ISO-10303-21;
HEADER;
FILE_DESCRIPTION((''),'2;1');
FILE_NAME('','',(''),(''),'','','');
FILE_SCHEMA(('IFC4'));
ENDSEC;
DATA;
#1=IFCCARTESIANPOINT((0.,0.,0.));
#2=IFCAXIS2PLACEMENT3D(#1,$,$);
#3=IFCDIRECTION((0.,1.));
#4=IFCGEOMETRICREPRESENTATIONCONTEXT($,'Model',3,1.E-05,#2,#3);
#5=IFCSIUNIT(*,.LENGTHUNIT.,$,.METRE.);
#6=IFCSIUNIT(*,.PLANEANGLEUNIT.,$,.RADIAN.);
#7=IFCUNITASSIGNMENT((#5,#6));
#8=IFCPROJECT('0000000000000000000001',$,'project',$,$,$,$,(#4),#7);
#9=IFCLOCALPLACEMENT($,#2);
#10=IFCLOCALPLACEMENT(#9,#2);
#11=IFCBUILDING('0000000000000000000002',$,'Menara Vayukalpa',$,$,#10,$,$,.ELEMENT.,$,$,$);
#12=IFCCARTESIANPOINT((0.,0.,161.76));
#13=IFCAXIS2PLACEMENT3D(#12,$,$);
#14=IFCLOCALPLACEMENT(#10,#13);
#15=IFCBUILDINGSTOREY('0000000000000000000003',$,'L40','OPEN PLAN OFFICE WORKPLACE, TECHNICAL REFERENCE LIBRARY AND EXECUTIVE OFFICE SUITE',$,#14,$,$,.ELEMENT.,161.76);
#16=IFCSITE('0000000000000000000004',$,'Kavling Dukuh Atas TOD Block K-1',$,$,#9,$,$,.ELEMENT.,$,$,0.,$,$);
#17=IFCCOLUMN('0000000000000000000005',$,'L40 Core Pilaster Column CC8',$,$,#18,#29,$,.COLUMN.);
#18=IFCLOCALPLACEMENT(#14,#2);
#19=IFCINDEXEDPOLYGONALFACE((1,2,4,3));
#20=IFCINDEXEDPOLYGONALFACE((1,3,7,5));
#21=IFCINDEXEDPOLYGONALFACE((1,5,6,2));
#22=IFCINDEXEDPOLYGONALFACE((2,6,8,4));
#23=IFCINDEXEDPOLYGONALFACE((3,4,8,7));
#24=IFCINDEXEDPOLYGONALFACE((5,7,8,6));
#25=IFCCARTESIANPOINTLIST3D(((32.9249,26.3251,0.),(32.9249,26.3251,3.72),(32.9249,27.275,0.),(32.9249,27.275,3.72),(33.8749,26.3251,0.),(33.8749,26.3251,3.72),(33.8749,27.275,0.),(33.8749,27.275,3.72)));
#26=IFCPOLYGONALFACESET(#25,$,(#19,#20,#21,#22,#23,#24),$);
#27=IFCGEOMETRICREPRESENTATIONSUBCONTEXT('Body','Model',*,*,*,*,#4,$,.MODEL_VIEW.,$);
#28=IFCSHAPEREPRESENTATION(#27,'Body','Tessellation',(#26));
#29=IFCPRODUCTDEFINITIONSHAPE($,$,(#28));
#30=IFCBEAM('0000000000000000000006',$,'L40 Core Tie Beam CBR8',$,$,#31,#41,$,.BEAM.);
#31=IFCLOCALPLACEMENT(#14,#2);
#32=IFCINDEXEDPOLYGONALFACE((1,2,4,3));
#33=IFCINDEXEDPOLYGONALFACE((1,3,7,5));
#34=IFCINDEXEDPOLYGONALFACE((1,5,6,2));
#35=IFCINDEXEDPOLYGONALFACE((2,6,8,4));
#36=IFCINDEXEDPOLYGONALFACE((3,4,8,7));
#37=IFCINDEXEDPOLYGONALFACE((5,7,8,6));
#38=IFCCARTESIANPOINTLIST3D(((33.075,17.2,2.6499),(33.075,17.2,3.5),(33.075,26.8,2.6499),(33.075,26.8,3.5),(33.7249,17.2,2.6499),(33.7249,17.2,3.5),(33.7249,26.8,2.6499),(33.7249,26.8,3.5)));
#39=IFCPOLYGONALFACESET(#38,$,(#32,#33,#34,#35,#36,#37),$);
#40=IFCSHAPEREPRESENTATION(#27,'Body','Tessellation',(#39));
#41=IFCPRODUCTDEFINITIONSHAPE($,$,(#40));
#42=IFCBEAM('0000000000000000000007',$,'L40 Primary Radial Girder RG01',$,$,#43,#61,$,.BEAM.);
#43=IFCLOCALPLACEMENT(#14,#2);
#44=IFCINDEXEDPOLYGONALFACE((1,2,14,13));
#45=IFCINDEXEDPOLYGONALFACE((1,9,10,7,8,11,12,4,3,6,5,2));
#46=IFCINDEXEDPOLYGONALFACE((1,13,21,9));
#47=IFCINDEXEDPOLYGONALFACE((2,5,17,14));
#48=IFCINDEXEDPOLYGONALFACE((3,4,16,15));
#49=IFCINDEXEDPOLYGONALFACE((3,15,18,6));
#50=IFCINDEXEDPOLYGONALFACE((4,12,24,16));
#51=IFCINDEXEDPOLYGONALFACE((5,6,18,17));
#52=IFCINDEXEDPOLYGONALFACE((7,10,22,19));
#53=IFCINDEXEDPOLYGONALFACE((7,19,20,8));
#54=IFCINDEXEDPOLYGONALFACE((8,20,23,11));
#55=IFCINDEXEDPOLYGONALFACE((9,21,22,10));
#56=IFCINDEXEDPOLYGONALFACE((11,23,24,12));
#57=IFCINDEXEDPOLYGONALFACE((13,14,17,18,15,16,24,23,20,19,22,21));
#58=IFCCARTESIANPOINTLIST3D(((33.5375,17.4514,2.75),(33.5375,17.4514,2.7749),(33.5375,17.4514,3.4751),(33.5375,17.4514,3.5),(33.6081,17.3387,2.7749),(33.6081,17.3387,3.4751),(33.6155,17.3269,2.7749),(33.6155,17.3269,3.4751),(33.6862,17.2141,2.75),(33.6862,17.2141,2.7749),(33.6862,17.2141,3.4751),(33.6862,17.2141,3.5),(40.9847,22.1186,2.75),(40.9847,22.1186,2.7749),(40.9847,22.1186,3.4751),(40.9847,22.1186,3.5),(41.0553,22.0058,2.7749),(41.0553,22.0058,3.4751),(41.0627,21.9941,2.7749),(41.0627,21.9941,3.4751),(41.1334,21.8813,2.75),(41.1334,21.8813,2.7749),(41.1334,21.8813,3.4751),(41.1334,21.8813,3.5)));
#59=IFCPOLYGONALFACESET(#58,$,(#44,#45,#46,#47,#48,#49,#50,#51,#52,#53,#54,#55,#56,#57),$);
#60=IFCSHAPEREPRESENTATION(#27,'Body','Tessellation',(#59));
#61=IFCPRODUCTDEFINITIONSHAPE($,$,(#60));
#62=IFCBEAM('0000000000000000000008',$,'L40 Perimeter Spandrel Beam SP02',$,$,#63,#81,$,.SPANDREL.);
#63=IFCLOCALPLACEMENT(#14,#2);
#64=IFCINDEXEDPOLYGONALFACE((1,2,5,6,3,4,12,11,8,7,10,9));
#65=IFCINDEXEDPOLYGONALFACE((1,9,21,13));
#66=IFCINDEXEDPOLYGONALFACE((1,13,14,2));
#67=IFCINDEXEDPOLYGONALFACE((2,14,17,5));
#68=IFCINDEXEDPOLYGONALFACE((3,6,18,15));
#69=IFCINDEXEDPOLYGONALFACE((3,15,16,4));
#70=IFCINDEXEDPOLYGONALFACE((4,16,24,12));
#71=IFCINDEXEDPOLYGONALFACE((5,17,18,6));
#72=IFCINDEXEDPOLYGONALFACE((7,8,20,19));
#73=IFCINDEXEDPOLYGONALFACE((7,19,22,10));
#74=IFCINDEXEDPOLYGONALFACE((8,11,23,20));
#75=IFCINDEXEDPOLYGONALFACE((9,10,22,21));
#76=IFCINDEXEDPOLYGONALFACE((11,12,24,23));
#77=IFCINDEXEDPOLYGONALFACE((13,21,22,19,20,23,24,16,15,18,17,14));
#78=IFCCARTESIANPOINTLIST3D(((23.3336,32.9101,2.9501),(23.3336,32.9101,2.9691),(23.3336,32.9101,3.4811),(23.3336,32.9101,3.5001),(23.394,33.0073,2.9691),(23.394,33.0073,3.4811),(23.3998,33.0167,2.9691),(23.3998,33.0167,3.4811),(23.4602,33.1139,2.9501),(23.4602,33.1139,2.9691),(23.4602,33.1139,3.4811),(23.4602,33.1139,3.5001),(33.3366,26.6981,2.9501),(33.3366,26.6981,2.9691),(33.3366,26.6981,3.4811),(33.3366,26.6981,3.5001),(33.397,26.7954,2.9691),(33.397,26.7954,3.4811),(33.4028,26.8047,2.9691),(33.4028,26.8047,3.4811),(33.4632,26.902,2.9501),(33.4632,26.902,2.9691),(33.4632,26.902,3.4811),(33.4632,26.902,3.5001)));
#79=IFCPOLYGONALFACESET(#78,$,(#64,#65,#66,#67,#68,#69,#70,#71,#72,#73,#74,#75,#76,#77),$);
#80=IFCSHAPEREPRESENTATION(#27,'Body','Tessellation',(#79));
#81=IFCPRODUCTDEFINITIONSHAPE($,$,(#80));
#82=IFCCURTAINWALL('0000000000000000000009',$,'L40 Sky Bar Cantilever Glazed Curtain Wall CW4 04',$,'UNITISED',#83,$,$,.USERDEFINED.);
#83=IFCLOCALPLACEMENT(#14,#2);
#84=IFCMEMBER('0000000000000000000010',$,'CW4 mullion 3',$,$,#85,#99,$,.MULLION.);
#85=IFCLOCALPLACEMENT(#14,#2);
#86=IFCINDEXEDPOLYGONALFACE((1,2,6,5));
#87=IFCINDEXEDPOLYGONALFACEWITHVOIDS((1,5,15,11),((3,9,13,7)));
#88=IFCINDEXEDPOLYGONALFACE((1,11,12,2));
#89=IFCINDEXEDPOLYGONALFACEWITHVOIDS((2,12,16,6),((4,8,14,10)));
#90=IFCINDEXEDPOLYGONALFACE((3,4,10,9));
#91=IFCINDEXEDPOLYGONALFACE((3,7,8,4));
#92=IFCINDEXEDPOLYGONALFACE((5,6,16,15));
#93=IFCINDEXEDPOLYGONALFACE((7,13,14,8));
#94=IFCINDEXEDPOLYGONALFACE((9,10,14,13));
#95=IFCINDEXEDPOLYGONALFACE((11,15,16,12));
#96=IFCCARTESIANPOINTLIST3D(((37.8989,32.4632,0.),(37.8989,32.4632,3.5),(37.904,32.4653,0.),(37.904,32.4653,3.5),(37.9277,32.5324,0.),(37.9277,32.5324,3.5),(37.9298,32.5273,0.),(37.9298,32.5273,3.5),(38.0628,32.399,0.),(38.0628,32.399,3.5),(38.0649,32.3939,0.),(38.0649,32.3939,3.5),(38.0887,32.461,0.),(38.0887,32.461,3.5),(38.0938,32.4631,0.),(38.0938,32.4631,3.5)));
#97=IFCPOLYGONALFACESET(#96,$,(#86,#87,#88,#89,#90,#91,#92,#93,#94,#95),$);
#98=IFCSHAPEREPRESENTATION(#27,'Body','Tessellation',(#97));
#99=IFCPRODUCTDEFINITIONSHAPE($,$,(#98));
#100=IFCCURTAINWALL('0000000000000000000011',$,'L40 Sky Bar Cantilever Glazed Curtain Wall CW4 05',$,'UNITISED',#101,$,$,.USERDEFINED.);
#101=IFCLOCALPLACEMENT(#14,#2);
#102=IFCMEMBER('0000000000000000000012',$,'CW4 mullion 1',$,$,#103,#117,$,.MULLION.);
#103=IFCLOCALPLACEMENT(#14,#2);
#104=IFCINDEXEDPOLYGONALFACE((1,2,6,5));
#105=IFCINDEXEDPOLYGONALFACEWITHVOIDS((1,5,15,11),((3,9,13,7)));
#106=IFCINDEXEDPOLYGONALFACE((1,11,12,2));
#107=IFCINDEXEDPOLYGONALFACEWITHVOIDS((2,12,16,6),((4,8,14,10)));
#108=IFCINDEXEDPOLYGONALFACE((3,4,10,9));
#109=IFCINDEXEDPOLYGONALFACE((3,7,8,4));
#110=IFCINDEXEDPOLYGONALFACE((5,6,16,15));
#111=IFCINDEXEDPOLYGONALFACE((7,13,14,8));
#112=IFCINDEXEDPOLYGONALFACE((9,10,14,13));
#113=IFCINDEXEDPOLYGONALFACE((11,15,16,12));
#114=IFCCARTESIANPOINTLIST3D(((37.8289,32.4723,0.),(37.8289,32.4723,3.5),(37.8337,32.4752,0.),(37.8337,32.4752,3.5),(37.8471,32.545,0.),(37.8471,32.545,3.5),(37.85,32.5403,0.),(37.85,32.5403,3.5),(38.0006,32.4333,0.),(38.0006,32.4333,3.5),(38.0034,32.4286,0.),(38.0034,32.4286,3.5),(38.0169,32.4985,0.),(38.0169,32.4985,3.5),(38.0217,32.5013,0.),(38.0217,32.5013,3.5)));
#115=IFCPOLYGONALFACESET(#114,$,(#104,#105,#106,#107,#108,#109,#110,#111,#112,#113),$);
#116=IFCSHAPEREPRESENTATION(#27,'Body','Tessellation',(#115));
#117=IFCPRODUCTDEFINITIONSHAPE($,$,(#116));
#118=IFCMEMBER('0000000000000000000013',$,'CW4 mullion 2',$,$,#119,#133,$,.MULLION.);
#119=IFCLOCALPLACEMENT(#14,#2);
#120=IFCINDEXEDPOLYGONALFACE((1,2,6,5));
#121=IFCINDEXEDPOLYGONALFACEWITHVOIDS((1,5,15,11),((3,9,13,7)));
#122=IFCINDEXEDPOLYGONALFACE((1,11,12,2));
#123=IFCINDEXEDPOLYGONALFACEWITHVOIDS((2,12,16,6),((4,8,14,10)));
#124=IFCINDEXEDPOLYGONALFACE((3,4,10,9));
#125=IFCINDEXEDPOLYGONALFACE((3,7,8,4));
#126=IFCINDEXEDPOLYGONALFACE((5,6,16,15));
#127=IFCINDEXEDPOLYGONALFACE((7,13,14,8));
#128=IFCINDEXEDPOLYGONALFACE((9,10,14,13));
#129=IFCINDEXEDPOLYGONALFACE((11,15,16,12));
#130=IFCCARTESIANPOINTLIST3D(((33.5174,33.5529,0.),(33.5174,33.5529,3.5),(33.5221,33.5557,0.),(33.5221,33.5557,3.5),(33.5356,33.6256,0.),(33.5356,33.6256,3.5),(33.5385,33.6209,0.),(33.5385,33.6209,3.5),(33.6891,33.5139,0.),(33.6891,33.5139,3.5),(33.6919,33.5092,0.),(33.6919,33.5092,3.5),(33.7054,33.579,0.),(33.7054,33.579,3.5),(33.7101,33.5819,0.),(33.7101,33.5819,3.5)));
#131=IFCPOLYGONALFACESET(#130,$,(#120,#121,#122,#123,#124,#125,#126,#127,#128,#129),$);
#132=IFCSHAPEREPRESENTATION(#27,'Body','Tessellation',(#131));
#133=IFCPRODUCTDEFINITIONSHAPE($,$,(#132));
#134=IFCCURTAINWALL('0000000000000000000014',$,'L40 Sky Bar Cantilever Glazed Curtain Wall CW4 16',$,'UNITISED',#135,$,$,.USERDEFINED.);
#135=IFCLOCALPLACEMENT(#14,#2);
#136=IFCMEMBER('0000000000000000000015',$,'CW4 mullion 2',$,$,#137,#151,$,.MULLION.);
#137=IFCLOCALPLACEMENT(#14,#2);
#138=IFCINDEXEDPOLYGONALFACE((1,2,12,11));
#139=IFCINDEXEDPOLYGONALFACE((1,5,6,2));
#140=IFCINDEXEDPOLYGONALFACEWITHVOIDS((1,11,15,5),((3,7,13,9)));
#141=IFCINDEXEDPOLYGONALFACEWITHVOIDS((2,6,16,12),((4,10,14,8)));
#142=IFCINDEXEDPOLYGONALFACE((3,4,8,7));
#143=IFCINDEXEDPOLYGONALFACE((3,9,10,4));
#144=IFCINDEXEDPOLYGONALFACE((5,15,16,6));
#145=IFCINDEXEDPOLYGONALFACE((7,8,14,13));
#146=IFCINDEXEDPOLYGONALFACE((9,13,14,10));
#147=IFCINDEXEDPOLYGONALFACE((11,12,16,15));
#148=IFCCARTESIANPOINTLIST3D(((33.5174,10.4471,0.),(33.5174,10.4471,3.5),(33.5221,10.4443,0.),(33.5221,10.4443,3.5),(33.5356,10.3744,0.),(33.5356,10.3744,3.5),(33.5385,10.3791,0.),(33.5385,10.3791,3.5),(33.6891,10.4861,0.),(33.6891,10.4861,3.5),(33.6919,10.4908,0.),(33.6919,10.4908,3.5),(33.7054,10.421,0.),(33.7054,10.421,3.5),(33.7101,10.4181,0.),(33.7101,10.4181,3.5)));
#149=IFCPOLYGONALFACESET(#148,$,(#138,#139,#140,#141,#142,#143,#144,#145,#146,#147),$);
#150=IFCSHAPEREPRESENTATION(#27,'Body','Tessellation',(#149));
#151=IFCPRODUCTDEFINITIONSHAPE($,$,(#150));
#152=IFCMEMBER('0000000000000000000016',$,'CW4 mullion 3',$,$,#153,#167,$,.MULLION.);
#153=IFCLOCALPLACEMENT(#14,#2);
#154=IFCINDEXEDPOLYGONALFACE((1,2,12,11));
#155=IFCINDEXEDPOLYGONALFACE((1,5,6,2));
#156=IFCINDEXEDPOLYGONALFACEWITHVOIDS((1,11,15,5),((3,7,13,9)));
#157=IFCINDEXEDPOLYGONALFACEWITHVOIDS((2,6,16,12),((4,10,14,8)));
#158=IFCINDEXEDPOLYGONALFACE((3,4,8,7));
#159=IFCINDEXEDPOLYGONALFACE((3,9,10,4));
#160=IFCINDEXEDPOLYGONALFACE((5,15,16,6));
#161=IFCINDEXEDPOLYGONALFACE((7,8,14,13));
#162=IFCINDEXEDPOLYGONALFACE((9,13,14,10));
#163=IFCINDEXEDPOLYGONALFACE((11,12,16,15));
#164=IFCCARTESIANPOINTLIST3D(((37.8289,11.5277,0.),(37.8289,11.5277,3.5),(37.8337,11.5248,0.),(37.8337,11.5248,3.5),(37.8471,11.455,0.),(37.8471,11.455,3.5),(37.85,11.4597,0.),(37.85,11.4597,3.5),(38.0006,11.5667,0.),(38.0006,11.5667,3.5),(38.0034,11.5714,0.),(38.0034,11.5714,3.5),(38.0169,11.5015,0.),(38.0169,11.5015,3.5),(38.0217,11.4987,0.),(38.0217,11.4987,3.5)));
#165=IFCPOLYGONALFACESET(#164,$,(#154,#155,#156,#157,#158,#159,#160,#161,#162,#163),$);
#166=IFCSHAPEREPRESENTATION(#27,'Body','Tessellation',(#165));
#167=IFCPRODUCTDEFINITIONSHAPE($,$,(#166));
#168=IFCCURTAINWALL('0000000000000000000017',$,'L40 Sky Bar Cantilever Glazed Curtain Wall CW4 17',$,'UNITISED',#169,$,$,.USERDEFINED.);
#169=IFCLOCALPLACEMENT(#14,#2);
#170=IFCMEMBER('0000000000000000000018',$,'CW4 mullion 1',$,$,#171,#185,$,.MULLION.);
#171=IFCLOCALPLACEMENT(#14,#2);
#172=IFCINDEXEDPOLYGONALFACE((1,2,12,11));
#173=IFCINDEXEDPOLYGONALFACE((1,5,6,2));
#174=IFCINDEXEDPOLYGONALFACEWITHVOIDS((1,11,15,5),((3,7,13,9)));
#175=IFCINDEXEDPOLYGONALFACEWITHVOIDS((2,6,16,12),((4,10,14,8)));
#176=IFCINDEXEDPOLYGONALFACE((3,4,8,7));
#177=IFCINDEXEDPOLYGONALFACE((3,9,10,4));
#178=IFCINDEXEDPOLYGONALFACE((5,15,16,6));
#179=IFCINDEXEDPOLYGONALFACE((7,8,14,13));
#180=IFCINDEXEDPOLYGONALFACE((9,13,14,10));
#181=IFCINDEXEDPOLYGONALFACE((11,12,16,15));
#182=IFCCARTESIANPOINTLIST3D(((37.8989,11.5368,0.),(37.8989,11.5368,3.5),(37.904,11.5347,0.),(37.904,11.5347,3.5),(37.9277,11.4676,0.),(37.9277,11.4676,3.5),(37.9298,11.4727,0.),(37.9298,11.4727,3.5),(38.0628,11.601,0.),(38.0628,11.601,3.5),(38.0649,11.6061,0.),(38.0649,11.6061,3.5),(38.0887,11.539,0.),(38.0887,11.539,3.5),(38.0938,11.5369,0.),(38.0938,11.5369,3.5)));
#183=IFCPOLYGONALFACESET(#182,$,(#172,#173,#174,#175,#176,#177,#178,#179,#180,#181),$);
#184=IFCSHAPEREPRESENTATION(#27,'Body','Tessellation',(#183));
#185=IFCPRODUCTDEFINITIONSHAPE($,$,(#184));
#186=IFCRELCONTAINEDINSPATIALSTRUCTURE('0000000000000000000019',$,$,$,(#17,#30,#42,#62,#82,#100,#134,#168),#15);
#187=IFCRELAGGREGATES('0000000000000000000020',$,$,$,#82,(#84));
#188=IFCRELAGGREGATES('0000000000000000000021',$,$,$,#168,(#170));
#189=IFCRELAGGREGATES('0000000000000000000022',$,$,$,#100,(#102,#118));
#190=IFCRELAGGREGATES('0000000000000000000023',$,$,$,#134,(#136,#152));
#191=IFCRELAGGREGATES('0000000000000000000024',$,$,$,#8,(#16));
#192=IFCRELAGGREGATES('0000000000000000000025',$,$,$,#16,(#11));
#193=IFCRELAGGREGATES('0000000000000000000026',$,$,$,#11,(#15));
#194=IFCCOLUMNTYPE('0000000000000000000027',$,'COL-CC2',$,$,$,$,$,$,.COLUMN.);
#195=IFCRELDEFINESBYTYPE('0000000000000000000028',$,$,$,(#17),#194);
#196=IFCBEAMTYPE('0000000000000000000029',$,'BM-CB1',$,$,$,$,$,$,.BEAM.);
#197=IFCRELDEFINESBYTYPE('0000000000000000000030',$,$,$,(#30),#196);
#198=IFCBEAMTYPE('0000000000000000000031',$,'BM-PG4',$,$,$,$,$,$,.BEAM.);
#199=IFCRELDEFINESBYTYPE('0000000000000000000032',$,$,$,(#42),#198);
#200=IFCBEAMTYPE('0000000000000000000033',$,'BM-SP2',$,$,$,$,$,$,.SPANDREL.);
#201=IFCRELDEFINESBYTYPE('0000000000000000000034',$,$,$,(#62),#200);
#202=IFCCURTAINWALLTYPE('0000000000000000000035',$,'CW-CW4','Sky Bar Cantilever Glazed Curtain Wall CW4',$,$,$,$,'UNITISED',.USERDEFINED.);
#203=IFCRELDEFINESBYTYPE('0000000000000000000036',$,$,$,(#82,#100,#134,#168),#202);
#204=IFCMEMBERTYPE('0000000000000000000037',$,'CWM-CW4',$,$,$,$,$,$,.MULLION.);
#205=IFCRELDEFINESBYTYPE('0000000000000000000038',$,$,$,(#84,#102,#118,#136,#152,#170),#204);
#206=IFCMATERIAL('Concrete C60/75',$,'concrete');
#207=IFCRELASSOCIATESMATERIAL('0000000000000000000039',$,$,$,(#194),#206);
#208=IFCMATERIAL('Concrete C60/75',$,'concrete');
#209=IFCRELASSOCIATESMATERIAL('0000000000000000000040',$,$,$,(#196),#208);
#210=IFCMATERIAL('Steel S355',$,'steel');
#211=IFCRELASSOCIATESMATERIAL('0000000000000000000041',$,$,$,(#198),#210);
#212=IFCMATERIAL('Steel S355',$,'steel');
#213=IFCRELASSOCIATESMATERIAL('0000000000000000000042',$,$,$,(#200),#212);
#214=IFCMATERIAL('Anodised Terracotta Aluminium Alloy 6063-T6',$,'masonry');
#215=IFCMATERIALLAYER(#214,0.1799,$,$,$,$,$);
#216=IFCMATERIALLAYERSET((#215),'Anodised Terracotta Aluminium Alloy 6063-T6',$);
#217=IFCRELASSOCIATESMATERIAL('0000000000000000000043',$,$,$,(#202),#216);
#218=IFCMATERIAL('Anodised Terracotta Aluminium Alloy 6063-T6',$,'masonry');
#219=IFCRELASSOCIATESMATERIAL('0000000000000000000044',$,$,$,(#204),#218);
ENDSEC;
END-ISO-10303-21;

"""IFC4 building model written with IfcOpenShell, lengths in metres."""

from ifc_helpers import new_model, si_unit, direction, frame, origin, origin_2d, place, context, subcontext, project, spatial, rectangle, hollow_rectangle, i_section, extrude, material, layer, layer_set, material_profile, profile_set, type_object, element, aggregate, save


model = new_model("IFC4")

# Units and contexts
model_context = context("Model", 3, precision=1e-05, world=origin(), true_north=direction((0.0, 1.0)))
body_context = subcontext(model_context, "Body", "Model", "MODEL_VIEW")
ifc_project = project(units=[si_unit("LENGTHUNIT", "METRE"), si_unit("PLANEANGLEUNIT", "RADIAN")], contexts=[model_context])

# Site, building, storey
site_placement = place(None, origin())
site = spatial("IfcSite", under=ifc_project, at=site_placement, Name="Kavling Dukuh Atas TOD Block K-1", CompositionType="ELEMENT", RefElevation=0.0)
building_placement = place(site_placement, origin())
building = spatial("IfcBuilding", under=site, at=building_placement, Name="Menara Vayukalpa", CompositionType="ELEMENT")
storey_placement = place(building_placement, frame((0.0, 0.0, 161.76)))
storey = spatial("IfcBuildingStorey", under=building, at=storey_placement, Name="L40", Description="OPEN PLAN OFFICE WORKPLACE, TECHNICAL REFERENCE LIBRARY AND EXECUTIVE OFFICE SUITE", CompositionType="ELEMENT", Elevation=161.76)

# Column
ifc_material_1 = material(Name="Concrete C60/75", Category="concrete")
ifc_material_profile_1 = material_profile(ifc_material_1, rectangle(XDim=0.95, YDim=0.95, at=origin_2d()), Name="RC 950x950")
ifc_profile_set_1 = profile_set([ifc_material_profile_1], Name="Concrete C60/75")
column_type = type_object("IfcColumnType", Name="COL-CC2", PredefinedType="COLUMN", material=ifc_profile_set_1)
column_placement = place(storey_placement, frame((33.3999, 26.8, 0.0), z_axis=(0.0, 0.0, 1.0), x_axis=(1.0, 0.0, 0.0)))
element("IfcColumn", 1, at=column_placement, inside=storey, type_object=column_type, Name="L40 Core Pilaster Column CC8", PredefinedType="COLUMN", context=body_context, shape_type="SweptSolid", body=[
    extrude(rectangle(XDim=0.95, YDim=0.95, at=origin_2d()), origin(), (0.0, 0.0, 1.0), 3.72),
])

# Beams
ifc_material_2 = material(Name="Concrete C60/75", Category="concrete")
ifc_material_profile_2 = material_profile(ifc_material_2, rectangle(XDim=0.6499, YDim=0.8501, at=origin_2d()), Name="RC 650x850")
ifc_profile_set_2 = profile_set([ifc_material_profile_2], Name="Concrete C60/75")
beam_type_1 = type_object("IfcBeamType", Name="BM-CB1", PredefinedType="BEAM", material=ifc_profile_set_2)
beam_1_placement = place(storey_placement, frame((33.3999, 17.2, 3.075), z_axis=(0.0, 1.0, 0.0), x_axis=(-1.0, 0.0, 0.0)))
element("IfcBeam", 2, at=beam_1_placement, inside=storey, type_object=beam_type_1, Name="L40 Core Tie Beam CBR8", PredefinedType="BEAM", context=body_context, shape_type="SweptSolid", body=[
    extrude(rectangle(XDim=0.6499, YDim=0.8501, at=origin_2d()), origin(), (0.0, 0.0, 1.0), 9.6001),
])
ifc_material_3 = material(Name="Steel S355", Category="steel")
ifc_material_profile_3 = material_profile(ifc_material_3, i_section(OverallWidth=0.28, OverallDepth=0.75, WebThickness=0.0139, FlangeThickness=0.0249, at=origin_2d()), Name="WF 750x280x14x25")
ifc_profile_set_3 = profile_set([ifc_material_profile_3], Name="Steel S355")
beam_type_2 = type_object("IfcBeamType", Name="BM-PG4", PredefinedType="BEAM", material=ifc_profile_set_3)
beam_2_placement = place(storey_placement, frame((33.6118, 17.3328, 3.125), z_axis=(0.847348, 0.531037, 0.0), x_axis=(-0.531037, 0.847348, 0.0)))
element("IfcBeam", 3, at=beam_2_placement, inside=storey, type_object=beam_type_2, Name="L40 Primary Radial Girder RG01", PredefinedType="BEAM", context=body_context, shape_type="SweptSolid", body=[
    extrude(i_section(OverallWidth=0.28, OverallDepth=0.75, WebThickness=0.0139, FlangeThickness=0.0249, at=origin_2d()), origin(), (0.0, 0.0, 1.0), 8.7888),
])
ifc_material_4 = material(Name="Steel S355", Category="steel")
ifc_material_profile_4 = material_profile(ifc_material_4, i_section(OverallWidth=0.24, OverallDepth=0.55, WebThickness=0.011, FlangeThickness=0.019, at=origin_2d()), Name="WF 550x240x11x19")
ifc_profile_set_4 = profile_set([ifc_material_profile_4], Name="Steel S355")
beam_type_3 = type_object("IfcBeamType", Name="BM-SP2", PredefinedType="SPANDREL", material=ifc_profile_set_4)
beam_3_placement = place(storey_placement, frame((33.3999, 26.8, 3.2251), z_axis=(-0.849518, 0.527559, 0.0), x_axis=(-0.527559, -0.849518, 0.0)))
element("IfcBeam", 4, at=beam_3_placement, inside=storey, type_object=beam_type_3, Name="L40 Perimeter Spandrel Beam SP02", PredefinedType="SPANDREL", context=body_context, shape_type="SweptSolid", body=[
    extrude(i_section(OverallWidth=0.24, OverallDepth=0.55, WebThickness=0.011, FlangeThickness=0.019, at=origin_2d()), origin(), (0.0, 0.0, 1.0), 11.7749),
])

# Curtain wall, member
ifc_material_5 = material(Name="Anodised Terracotta Aluminium Alloy 6063-T6", Category="masonry")
ifc_layer_1 = layer(ifc_material_5, 0.1799)
ifc_layer_set_1 = layer_set([ifc_layer_1], Name="Anodised Terracotta Aluminium Alloy 6063-T6")
curtain_wall_type = type_object("IfcCurtainWallType", Name="CW-CW4", Description="Sky Bar Cantilever Glazed Curtain Wall CW4", ElementType="UNITISED", PredefinedType="USERDEFINED", material=ifc_layer_set_1)
curtain_wall_1_placement = place(storey_placement, origin())
curtain_wall_1 = element("IfcCurtainWall", 5, at=curtain_wall_1_placement, inside=storey, type_object=curtain_wall_type, Name="L40 Sky Bar Cantilever Glazed Curtain Wall CW4 04", ObjectType="UNITISED", PredefinedType="USERDEFINED")
ifc_material_6 = material(Name="Anodised Terracotta Aluminium Alloy 6063-T6", Category="masonry")
ifc_material_profile_5 = material_profile(ifc_material_6, hollow_rectangle(XDim=0.075, YDim=0.1799, WallThickness=0.0039, at=origin_2d()), Name="ALU 75x180x4")
ifc_profile_set_5 = profile_set([ifc_material_profile_5], Name="Anodised Terracotta Aluminium Alloy 6063-T6")
member_type_1 = type_object("IfcMemberType", Name="CWM-CW4", PredefinedType="MULLION", material=ifc_profile_set_5)
member_1_placement = place(storey_placement, frame((37.9963, 32.4631, 0.0), z_axis=(0.0, 0.0, 1.0), x_axis=(-0.385091, -0.922878, 0.0)))
member_1 = element("IfcMember", 6, at=member_1_placement, type_object=member_type_1, Name="CW4 mullion 3", PredefinedType="MULLION", context=body_context, shape_type="SweptSolid", body=[
    extrude(hollow_rectangle(XDim=0.075, YDim=0.1799, WallThickness=0.0039, at=origin_2d()), origin(), (0.0, 0.0, 1.0), 3.5),
])
aggregate(curtain_wall_1, [member_1])

# Curtain walls, members
curtain_wall_2_placement = place(storey_placement, origin())
curtain_wall_2 = element("IfcCurtainWall", 7, at=curtain_wall_2_placement, inside=storey, type_object=curtain_wall_type, Name="L40 Sky Bar Cantilever Glazed Curtain Wall CW4 05", ObjectType="UNITISED", PredefinedType="USERDEFINED")
member_2_placement = place(storey_placement, frame((37.9253, 32.4868, 0.0), z_axis=(0.0, 0.0, 1.0), x_axis=(-0.243113, -0.969998, 0.0)))
member_2 = element("IfcMember", 8, at=member_2_placement, type_object=member_type_1, Name="CW4 mullion 1", PredefinedType="MULLION", context=body_context, shape_type="SweptSolid", body=[
    extrude(hollow_rectangle(XDim=0.075, YDim=0.1799, WallThickness=0.0039, at=origin_2d()), origin(), (0.0, 0.0, 1.0), 3.5),
])
member_3_placement = place(storey_placement, frame((33.6138, 33.5674, 0.0), z_axis=(0.0, 0.0, 1.0), x_axis=(-0.243113, -0.969998, 0.0)))
member_3 = element("IfcMember", 9, at=member_3_placement, type_object=member_type_1, Name="CW4 mullion 2", PredefinedType="MULLION", context=body_context, shape_type="SweptSolid", body=[
    extrude(hollow_rectangle(XDim=0.075, YDim=0.1799, WallThickness=0.0039, at=origin_2d()), origin(), (0.0, 0.0, 1.0), 3.5),
])
curtain_wall_3_placement = place(storey_placement, origin())
curtain_wall_3 = element("IfcCurtainWall", 10, at=curtain_wall_3_placement, inside=storey, type_object=curtain_wall_type, Name="L40 Sky Bar Cantilever Glazed Curtain Wall CW4 16", ObjectType="UNITISED", PredefinedType="USERDEFINED")
member_4_placement = place(storey_placement, frame((33.6138, 10.4326, 0.0), z_axis=(0.0, 0.0, 1.0), x_axis=(-0.243113, 0.969998, 0.0)))
member_4 = element("IfcMember", 11, at=member_4_placement, type_object=member_type_1, Name="CW4 mullion 2", PredefinedType="MULLION", context=body_context, shape_type="SweptSolid", body=[
    extrude(hollow_rectangle(XDim=0.075, YDim=0.1799, WallThickness=0.0039, at=origin_2d()), origin(), (0.0, 0.0, 1.0), 3.5),
])
member_5_placement = place(storey_placement, frame((37.9253, 11.5132, 0.0), z_axis=(0.0, 0.0, 1.0), x_axis=(-0.243113, 0.969998, 0.0)))
member_5 = element("IfcMember", 12, at=member_5_placement, type_object=member_type_1, Name="CW4 mullion 3", PredefinedType="MULLION", context=body_context, shape_type="SweptSolid", body=[
    extrude(hollow_rectangle(XDim=0.075, YDim=0.1799, WallThickness=0.0039, at=origin_2d()), origin(), (0.0, 0.0, 1.0), 3.5),
])

# Curtain wall, member
curtain_wall_4_placement = place(storey_placement, origin())
curtain_wall_4 = element("IfcCurtainWall", 13, at=curtain_wall_4_placement, inside=storey, type_object=curtain_wall_type, Name="L40 Sky Bar Cantilever Glazed Curtain Wall CW4 17", ObjectType="UNITISED", PredefinedType="USERDEFINED")
member_6_placement = place(storey_placement, frame((37.9963, 11.5369, 0.0), z_axis=(0.0, 0.0, 1.0), x_axis=(-0.385091, 0.922878, 0.0)))
member_6 = element("IfcMember", 14, at=member_6_placement, type_object=member_type_1, Name="CW4 mullion 1", PredefinedType="MULLION", context=body_context, shape_type="SweptSolid", body=[
    extrude(hollow_rectangle(XDim=0.075, YDim=0.1799, WallThickness=0.0039, at=origin_2d()), origin(), (0.0, 0.0, 1.0), 3.5),
])

aggregate(curtain_wall_4, [member_6])

aggregate(curtain_wall_2, [member_2, member_3])
aggregate(curtain_wall_3, [member_4, member_5])

save(model, "model.ifc")
